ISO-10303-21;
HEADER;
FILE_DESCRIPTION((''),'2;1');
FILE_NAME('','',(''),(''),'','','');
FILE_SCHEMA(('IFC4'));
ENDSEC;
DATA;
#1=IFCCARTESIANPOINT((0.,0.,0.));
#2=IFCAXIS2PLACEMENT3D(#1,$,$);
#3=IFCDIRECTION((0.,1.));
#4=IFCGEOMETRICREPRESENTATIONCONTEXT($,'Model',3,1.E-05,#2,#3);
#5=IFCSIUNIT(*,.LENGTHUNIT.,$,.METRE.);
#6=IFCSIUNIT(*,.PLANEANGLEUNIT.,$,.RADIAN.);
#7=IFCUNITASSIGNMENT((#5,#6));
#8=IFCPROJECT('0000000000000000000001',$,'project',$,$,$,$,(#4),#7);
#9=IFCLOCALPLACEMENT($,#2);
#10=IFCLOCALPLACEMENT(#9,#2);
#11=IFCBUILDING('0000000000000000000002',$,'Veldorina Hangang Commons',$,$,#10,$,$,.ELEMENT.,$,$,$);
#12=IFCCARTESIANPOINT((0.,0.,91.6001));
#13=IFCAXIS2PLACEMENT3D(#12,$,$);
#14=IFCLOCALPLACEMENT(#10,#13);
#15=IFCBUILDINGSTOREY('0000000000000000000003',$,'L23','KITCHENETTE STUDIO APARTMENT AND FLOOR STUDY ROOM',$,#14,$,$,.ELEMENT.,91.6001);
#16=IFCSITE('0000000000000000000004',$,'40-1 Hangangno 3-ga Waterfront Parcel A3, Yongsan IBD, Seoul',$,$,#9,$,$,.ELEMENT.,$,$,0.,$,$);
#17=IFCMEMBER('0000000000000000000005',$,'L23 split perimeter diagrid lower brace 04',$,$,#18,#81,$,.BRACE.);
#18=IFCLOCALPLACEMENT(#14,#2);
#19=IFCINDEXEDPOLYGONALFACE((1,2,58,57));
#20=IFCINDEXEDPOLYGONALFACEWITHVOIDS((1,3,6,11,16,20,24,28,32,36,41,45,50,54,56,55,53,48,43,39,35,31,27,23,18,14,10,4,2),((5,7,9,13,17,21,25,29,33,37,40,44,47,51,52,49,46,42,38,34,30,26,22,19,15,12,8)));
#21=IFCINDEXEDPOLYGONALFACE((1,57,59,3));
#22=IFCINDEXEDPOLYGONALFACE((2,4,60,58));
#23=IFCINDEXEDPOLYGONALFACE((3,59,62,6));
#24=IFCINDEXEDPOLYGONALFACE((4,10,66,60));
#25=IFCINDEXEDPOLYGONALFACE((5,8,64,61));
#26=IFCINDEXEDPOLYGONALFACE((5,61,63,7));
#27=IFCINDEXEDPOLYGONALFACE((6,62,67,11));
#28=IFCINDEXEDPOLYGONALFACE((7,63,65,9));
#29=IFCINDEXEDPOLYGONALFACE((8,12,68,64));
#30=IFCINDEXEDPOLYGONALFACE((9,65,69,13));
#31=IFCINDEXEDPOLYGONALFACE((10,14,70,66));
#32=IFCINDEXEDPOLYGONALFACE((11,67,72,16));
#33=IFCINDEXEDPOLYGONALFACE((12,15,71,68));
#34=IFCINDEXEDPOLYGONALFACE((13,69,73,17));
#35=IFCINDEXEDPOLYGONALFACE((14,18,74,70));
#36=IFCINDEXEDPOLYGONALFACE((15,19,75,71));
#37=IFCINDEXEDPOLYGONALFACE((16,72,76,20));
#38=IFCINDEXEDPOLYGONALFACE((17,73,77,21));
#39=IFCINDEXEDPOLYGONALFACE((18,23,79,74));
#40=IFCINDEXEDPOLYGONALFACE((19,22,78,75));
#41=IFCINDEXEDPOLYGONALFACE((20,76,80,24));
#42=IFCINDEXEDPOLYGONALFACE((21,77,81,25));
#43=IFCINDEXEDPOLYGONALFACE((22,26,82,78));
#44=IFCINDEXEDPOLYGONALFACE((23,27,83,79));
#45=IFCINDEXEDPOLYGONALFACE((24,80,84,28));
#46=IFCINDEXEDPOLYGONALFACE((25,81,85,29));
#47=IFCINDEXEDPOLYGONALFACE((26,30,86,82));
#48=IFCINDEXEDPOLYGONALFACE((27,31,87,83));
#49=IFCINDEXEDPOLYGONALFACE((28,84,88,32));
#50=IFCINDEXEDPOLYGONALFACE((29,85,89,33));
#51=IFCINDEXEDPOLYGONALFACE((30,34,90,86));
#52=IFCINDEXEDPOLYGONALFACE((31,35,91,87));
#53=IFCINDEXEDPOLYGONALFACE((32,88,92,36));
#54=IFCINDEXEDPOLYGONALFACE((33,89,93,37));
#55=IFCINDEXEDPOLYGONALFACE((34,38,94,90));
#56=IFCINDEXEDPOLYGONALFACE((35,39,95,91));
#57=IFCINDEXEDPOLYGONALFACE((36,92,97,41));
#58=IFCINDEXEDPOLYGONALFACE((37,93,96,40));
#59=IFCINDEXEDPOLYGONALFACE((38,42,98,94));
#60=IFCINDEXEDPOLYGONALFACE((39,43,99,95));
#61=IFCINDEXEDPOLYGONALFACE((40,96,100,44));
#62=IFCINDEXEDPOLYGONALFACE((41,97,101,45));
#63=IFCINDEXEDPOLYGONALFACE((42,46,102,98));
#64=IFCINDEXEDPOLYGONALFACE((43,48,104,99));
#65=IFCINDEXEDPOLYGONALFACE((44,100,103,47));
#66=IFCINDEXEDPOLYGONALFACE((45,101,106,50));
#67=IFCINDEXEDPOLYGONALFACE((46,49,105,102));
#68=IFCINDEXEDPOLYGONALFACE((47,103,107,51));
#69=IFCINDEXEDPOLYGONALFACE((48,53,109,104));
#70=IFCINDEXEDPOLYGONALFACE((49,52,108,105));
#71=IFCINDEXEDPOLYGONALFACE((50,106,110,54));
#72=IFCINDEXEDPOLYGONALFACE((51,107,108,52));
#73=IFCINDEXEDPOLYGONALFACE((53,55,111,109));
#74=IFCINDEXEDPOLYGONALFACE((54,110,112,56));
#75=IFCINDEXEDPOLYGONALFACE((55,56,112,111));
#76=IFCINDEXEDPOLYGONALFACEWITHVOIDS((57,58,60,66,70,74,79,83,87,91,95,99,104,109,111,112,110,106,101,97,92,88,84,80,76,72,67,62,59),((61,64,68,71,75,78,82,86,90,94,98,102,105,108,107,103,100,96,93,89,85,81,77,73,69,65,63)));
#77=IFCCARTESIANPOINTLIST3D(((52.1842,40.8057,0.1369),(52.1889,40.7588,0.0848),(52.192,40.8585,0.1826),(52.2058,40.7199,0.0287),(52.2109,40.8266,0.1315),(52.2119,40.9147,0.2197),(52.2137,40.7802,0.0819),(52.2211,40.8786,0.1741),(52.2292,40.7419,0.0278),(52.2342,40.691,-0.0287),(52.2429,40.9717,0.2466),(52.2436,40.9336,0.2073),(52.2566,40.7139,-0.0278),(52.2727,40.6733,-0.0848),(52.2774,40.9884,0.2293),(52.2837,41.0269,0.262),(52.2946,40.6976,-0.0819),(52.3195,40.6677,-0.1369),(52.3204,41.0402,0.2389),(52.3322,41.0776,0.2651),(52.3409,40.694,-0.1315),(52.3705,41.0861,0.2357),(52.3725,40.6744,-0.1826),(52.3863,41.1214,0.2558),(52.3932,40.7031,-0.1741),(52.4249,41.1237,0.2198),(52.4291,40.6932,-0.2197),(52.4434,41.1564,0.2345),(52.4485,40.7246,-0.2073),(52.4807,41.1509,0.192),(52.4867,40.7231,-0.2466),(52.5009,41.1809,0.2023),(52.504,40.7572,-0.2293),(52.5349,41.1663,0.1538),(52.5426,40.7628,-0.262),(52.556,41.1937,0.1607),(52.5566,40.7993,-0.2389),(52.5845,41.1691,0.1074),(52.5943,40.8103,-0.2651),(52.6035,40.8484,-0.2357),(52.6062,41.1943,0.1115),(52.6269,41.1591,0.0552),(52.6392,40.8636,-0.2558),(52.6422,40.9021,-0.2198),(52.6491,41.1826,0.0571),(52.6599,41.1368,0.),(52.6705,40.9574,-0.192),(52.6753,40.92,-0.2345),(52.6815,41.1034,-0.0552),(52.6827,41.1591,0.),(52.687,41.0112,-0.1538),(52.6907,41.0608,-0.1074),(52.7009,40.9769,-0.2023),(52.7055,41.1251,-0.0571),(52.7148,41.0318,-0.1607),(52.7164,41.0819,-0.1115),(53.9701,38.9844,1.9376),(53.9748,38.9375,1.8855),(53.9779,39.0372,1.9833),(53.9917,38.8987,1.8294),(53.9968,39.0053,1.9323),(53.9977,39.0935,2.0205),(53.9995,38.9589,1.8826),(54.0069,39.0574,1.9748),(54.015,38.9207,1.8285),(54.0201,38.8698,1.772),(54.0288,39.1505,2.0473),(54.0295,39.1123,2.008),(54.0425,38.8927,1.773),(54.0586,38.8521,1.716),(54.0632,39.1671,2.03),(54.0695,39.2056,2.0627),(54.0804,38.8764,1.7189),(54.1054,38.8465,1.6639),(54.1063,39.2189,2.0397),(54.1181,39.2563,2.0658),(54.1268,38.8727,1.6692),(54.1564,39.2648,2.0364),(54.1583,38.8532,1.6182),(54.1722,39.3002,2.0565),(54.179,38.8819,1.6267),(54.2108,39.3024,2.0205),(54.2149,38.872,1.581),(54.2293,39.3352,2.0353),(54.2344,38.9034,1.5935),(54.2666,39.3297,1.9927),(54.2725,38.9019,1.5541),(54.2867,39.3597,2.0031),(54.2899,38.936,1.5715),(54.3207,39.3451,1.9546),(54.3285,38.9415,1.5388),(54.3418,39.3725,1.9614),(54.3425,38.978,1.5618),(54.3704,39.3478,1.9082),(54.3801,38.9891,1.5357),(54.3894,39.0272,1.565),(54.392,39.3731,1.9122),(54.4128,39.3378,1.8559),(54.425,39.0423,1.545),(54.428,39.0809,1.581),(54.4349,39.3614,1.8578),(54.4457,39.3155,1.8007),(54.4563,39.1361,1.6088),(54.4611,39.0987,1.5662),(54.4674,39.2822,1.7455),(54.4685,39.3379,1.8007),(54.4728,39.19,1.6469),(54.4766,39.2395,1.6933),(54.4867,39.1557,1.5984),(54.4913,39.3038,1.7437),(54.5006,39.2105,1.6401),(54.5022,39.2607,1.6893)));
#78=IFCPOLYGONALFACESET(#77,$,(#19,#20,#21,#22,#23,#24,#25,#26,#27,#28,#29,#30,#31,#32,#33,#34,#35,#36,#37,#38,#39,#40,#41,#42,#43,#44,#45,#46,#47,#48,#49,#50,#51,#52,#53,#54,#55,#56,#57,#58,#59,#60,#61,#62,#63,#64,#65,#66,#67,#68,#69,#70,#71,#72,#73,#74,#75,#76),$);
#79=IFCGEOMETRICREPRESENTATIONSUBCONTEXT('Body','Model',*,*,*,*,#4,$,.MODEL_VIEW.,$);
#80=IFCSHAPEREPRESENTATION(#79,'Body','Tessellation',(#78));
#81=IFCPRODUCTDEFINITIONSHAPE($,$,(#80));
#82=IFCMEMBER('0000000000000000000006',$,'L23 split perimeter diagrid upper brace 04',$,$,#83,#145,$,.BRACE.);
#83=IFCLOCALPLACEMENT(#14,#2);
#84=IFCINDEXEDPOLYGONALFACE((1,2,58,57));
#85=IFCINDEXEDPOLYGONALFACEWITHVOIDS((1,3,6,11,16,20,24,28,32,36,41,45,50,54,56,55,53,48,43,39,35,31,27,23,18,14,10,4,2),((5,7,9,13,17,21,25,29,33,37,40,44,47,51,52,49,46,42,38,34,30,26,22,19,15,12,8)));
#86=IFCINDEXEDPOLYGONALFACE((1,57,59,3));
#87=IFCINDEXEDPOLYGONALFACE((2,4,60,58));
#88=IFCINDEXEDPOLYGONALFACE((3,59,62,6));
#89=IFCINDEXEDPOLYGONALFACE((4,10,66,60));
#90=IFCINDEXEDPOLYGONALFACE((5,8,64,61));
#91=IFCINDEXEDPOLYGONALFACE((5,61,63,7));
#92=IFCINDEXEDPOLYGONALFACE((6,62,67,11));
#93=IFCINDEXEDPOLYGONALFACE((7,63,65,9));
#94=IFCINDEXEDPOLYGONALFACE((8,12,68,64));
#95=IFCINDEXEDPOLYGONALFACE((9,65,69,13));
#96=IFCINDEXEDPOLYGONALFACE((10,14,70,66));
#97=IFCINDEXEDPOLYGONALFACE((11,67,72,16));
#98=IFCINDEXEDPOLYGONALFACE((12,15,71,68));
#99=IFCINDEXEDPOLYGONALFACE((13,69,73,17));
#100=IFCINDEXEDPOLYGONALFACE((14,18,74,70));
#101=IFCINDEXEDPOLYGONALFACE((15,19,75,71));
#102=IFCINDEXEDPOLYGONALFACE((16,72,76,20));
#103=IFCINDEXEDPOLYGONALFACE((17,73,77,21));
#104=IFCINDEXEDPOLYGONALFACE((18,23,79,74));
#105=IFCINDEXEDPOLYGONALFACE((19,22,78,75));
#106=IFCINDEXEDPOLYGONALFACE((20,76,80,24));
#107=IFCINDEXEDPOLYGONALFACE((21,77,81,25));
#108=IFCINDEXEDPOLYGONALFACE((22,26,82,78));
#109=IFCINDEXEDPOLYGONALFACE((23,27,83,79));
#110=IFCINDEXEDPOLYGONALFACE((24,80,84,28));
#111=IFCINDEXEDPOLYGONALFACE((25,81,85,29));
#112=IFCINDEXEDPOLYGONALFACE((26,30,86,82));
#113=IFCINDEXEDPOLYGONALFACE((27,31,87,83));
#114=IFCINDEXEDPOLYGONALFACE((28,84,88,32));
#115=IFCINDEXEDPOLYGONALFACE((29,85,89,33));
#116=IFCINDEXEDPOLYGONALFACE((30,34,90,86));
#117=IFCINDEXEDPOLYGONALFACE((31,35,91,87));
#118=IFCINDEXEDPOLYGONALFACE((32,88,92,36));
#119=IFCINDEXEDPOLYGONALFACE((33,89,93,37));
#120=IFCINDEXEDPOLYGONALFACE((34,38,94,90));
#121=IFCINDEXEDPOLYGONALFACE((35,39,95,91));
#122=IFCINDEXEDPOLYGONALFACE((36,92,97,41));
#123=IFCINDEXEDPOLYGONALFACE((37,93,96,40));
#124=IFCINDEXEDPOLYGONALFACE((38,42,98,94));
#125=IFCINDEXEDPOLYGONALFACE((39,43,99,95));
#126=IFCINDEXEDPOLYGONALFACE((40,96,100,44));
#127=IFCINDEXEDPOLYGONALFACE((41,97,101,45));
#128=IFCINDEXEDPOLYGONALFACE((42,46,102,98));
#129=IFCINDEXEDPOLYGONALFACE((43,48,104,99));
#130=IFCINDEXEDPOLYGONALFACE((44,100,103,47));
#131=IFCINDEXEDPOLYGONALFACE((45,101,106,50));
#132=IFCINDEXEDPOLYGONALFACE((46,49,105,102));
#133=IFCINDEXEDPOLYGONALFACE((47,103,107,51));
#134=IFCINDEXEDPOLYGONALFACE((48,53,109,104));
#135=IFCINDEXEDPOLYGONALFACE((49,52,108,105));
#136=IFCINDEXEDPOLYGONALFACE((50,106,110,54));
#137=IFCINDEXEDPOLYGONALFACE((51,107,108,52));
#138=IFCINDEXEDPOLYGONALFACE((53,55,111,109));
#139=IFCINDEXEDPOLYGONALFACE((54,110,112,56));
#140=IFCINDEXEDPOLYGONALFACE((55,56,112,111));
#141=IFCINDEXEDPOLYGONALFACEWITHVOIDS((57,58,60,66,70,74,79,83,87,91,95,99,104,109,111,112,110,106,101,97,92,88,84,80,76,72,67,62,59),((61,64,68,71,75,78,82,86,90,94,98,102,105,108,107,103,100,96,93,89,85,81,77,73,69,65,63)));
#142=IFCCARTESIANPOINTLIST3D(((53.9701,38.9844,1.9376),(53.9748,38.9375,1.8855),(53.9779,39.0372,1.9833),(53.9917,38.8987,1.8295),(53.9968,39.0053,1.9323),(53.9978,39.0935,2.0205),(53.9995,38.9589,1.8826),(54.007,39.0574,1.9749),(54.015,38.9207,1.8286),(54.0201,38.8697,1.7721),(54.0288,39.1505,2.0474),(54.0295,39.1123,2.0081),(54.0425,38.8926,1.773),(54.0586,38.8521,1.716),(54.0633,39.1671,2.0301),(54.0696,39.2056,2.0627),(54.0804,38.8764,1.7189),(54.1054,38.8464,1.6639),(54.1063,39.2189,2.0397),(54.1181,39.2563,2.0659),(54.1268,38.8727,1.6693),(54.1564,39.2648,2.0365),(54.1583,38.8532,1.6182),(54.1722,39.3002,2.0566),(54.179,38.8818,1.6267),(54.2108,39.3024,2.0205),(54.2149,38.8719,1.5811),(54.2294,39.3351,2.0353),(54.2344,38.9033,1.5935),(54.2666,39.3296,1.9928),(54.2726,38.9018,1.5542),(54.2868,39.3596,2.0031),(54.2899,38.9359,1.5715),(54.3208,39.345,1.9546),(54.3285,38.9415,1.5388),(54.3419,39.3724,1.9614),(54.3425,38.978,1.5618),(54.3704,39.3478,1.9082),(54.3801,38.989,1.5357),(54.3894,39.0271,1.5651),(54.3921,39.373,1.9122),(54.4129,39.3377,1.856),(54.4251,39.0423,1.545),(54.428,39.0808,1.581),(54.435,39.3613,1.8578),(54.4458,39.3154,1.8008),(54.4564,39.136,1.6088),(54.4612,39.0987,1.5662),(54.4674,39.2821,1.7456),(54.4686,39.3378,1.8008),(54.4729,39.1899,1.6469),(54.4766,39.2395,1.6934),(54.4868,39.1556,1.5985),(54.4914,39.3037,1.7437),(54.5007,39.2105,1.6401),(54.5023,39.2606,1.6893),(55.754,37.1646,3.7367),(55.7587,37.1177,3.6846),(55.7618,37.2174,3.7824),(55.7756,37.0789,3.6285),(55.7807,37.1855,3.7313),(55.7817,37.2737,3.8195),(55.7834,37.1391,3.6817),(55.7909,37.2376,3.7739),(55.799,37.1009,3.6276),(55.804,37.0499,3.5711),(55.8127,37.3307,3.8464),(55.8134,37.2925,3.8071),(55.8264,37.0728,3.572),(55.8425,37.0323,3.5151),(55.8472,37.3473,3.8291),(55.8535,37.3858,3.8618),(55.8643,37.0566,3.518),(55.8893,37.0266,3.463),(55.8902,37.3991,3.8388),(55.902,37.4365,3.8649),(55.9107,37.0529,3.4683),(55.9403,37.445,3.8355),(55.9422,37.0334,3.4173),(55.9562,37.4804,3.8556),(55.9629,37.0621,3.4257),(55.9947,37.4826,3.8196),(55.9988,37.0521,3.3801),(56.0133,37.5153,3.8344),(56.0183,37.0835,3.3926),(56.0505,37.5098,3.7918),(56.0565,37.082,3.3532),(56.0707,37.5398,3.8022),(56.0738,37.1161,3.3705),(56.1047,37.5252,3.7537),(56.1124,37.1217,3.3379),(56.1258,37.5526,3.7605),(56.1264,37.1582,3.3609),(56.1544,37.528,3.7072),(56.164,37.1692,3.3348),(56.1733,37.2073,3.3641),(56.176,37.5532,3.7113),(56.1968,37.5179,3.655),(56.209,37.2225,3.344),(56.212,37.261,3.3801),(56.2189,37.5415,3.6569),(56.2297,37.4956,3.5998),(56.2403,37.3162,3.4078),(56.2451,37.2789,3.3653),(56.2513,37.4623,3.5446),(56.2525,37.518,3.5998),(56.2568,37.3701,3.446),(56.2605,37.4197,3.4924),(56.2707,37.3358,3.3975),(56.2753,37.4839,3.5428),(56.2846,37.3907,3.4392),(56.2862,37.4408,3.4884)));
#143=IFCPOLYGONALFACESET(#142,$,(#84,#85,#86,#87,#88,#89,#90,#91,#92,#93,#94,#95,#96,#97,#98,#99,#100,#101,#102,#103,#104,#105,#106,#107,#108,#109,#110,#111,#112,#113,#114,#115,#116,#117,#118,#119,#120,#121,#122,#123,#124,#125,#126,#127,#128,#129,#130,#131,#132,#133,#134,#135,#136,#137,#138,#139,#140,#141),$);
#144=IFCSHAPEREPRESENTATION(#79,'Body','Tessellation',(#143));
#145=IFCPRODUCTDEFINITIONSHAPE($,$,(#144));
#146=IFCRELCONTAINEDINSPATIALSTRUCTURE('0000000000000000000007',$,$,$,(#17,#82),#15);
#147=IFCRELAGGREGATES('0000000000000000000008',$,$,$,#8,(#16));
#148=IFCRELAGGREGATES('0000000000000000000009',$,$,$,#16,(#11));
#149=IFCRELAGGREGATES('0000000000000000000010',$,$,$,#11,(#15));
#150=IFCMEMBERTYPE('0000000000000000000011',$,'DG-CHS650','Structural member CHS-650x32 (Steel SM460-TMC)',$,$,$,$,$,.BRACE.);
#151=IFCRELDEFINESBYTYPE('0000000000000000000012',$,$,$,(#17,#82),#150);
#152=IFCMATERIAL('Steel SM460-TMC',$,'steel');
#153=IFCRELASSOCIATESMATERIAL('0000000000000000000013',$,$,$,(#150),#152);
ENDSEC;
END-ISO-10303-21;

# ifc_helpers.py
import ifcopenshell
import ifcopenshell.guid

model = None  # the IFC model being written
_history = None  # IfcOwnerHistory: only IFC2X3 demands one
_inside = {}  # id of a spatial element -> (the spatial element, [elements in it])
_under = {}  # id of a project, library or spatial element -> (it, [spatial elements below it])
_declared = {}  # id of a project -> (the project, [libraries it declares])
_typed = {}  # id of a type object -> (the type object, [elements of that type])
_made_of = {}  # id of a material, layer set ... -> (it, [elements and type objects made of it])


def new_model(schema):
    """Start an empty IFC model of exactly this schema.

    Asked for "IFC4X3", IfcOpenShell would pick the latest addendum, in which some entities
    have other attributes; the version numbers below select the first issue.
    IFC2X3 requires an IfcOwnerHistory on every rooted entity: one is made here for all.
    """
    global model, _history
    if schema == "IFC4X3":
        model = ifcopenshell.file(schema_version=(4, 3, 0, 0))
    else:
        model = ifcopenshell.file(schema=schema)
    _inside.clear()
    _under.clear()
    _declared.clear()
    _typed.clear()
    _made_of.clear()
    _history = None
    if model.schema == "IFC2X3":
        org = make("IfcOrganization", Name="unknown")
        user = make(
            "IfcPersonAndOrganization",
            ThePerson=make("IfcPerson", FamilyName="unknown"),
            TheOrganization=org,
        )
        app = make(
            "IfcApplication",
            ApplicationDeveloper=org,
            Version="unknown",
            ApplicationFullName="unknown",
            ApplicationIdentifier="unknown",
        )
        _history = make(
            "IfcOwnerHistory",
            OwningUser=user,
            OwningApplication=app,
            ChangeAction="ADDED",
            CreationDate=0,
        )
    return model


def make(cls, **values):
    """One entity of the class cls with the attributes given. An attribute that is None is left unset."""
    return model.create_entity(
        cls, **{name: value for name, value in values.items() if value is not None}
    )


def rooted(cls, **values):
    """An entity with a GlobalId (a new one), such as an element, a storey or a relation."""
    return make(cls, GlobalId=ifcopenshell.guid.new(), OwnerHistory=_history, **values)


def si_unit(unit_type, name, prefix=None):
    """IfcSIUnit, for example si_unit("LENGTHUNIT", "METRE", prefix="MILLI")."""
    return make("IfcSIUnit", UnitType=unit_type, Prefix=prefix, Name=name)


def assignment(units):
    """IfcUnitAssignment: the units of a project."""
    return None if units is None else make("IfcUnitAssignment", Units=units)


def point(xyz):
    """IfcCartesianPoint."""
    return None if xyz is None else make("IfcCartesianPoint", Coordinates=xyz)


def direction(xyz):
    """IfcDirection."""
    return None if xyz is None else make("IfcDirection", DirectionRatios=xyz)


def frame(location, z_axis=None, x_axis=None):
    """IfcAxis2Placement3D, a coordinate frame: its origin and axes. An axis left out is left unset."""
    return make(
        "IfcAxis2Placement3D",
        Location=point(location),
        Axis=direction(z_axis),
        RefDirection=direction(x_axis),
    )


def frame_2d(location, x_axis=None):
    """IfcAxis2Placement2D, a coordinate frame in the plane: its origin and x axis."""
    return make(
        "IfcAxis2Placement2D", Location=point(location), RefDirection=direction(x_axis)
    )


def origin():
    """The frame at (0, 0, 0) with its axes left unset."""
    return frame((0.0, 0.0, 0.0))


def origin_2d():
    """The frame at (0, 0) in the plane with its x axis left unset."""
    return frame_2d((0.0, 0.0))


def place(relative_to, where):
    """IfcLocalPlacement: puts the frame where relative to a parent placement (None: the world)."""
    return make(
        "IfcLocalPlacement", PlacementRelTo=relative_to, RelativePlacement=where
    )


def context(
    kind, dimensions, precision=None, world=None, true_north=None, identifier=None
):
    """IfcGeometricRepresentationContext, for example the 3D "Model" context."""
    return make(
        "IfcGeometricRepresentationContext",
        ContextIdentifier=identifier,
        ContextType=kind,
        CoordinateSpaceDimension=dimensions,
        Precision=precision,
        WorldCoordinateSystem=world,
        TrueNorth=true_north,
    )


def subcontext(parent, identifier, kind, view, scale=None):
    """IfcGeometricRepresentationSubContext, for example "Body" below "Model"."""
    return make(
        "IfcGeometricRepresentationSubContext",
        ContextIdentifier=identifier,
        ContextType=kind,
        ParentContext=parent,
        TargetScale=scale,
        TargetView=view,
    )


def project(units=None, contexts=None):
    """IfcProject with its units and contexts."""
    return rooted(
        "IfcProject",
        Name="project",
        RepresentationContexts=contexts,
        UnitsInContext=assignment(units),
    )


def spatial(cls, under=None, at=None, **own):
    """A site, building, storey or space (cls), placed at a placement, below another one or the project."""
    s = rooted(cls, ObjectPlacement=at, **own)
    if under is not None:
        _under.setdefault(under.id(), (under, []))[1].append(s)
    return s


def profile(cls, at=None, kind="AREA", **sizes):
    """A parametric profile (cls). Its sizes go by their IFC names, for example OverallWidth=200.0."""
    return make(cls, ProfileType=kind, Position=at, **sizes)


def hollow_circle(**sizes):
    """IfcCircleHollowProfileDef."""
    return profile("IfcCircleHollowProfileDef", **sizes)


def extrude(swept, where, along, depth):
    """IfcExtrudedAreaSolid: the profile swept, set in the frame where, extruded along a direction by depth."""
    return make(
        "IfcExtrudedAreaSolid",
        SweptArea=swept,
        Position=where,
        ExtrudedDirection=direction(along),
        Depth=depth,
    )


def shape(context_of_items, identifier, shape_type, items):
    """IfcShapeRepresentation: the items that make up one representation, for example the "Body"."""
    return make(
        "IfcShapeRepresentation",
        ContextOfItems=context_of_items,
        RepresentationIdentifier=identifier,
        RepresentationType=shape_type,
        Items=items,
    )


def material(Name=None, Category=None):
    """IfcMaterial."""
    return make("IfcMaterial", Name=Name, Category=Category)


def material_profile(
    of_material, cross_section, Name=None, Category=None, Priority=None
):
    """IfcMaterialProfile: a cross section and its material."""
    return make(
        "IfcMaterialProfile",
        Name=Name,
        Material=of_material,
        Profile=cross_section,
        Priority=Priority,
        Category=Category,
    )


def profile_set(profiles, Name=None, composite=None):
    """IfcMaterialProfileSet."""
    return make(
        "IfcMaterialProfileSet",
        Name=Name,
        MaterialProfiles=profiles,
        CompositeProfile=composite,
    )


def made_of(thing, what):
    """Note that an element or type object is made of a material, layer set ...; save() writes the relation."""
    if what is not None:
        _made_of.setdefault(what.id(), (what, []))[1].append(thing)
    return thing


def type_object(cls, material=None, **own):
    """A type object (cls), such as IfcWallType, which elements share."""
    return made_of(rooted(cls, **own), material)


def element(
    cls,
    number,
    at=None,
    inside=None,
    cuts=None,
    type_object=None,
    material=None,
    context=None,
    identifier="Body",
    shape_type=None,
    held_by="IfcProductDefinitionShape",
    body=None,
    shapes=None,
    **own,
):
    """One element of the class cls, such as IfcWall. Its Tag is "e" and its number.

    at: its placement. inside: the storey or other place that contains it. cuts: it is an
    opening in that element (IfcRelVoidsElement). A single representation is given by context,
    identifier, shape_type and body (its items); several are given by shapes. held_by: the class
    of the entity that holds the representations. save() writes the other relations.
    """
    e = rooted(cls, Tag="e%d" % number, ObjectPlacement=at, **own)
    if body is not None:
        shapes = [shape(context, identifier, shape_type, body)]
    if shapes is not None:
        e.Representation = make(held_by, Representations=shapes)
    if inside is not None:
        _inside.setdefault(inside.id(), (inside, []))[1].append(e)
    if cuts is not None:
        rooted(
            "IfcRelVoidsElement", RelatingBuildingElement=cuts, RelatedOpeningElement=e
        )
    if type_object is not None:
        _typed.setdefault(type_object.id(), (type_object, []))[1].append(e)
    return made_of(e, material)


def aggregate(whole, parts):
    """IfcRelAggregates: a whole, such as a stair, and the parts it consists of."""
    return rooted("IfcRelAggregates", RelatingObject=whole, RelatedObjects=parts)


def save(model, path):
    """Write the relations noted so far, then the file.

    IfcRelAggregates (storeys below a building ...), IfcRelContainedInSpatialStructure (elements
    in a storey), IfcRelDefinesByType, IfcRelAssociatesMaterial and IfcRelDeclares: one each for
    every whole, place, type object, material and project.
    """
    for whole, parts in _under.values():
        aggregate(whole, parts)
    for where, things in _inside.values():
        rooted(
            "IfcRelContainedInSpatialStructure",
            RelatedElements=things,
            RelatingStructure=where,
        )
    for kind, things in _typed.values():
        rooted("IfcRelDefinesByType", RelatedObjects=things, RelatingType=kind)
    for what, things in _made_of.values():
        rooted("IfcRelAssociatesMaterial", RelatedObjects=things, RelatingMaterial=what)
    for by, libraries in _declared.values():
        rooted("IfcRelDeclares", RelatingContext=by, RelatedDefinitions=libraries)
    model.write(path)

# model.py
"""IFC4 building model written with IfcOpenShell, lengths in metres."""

from ifc_helpers import new_model, si_unit, direction, frame, origin, origin_2d, place, context, subcontext, project, spatial, hollow_circle, extrude, material, material_profile, profile_set, type_object, element, save


model = new_model("IFC4")

# Units and contexts
model_context = context("Model", 3, precision=1e-05, world=origin(), true_north=direction((0.0, 1.0)))
body_context = subcontext(model_context, "Body", "Model", "MODEL_VIEW")
ifc_project = project(units=[si_unit("LENGTHUNIT", "METRE"), si_unit("PLANEANGLEUNIT", "RADIAN")], contexts=[model_context])

# Site, building, storey
site_placement = place(None, origin())
site = spatial("IfcSite", under=ifc_project, at=site_placement, Name="40-1 Hangangno 3-ga Waterfront Parcel A3, Yongsan IBD, Seoul", CompositionType="ELEMENT", RefElevation=0.0)
building_placement = place(site_placement, origin())
building = spatial("IfcBuilding", under=site, at=building_placement, Name="Veldorina Hangang Commons", CompositionType="ELEMENT")
storey_placement = place(building_placement, frame((0.0, 0.0, 91.6001)))
storey = spatial("IfcBuildingStorey", under=building, at=storey_placement, Name="L23", Description="KITCHENETTE STUDIO APARTMENT AND FLOOR STUDY ROOM", CompositionType="ELEMENT", Elevation=91.6001)

# Members
ifc_material_1 = material(Name="Steel SM460-TMC", Category="steel")
ifc_material_profile_1 = material_profile(ifc_material_1, hollow_circle(Radius=0.325, WallThickness=0.032, at=origin_2d()), Name="CHS-650x32")
ifc_profile_set_1 = profile_set([ifc_material_profile_1], Name="Steel SM460-TMC")
member_type = type_object("IfcMemberType", Name="DG-CHS650", Description="Structural member CHS-650x32 (Steel SM460-TMC)", PredefinedType="BRACE", material=ifc_profile_set_1)
member_1_placement = place(storey_placement, frame((52.4507, 40.9316, 0.0), z_axis=(0.571962, -0.5833, 0.576732), x_axis=(0.714012, 0.700134, 0.0)))
element("IfcMember", 1, at=member_1_placement, inside=storey, type_object=member_type, Name="L23 split perimeter diagrid lower brace 04", PredefinedType="BRACE", context=body_context, shape_type="SweptSolid", body=[
    extrude(hollow_circle(Radius=0.325, WallThickness=0.032, at=origin_2d()), origin(), (0.0, 0.0, 1.0), 3.1223),
])
member_2_placement = place(storey_placement, frame((54.2366, 39.1104, 1.8008), z_axis=(0.571879, -0.583383, 0.576731), x_axis=(0.714113, 0.70003, 0.0)))
element("IfcMember", 2, at=member_2_placement, inside=storey, type_object=member_type, Name="L23 split perimeter diagrid upper brace 04", PredefinedType="BRACE", context=body_context, shape_type="SweptSolid", body=[
    extrude(hollow_circle(Radius=0.325, WallThickness=0.032, at=origin_2d()), origin(), (0.0, 0.0, 1.0), 3.1194),
])

save(model, "model.ifc")
